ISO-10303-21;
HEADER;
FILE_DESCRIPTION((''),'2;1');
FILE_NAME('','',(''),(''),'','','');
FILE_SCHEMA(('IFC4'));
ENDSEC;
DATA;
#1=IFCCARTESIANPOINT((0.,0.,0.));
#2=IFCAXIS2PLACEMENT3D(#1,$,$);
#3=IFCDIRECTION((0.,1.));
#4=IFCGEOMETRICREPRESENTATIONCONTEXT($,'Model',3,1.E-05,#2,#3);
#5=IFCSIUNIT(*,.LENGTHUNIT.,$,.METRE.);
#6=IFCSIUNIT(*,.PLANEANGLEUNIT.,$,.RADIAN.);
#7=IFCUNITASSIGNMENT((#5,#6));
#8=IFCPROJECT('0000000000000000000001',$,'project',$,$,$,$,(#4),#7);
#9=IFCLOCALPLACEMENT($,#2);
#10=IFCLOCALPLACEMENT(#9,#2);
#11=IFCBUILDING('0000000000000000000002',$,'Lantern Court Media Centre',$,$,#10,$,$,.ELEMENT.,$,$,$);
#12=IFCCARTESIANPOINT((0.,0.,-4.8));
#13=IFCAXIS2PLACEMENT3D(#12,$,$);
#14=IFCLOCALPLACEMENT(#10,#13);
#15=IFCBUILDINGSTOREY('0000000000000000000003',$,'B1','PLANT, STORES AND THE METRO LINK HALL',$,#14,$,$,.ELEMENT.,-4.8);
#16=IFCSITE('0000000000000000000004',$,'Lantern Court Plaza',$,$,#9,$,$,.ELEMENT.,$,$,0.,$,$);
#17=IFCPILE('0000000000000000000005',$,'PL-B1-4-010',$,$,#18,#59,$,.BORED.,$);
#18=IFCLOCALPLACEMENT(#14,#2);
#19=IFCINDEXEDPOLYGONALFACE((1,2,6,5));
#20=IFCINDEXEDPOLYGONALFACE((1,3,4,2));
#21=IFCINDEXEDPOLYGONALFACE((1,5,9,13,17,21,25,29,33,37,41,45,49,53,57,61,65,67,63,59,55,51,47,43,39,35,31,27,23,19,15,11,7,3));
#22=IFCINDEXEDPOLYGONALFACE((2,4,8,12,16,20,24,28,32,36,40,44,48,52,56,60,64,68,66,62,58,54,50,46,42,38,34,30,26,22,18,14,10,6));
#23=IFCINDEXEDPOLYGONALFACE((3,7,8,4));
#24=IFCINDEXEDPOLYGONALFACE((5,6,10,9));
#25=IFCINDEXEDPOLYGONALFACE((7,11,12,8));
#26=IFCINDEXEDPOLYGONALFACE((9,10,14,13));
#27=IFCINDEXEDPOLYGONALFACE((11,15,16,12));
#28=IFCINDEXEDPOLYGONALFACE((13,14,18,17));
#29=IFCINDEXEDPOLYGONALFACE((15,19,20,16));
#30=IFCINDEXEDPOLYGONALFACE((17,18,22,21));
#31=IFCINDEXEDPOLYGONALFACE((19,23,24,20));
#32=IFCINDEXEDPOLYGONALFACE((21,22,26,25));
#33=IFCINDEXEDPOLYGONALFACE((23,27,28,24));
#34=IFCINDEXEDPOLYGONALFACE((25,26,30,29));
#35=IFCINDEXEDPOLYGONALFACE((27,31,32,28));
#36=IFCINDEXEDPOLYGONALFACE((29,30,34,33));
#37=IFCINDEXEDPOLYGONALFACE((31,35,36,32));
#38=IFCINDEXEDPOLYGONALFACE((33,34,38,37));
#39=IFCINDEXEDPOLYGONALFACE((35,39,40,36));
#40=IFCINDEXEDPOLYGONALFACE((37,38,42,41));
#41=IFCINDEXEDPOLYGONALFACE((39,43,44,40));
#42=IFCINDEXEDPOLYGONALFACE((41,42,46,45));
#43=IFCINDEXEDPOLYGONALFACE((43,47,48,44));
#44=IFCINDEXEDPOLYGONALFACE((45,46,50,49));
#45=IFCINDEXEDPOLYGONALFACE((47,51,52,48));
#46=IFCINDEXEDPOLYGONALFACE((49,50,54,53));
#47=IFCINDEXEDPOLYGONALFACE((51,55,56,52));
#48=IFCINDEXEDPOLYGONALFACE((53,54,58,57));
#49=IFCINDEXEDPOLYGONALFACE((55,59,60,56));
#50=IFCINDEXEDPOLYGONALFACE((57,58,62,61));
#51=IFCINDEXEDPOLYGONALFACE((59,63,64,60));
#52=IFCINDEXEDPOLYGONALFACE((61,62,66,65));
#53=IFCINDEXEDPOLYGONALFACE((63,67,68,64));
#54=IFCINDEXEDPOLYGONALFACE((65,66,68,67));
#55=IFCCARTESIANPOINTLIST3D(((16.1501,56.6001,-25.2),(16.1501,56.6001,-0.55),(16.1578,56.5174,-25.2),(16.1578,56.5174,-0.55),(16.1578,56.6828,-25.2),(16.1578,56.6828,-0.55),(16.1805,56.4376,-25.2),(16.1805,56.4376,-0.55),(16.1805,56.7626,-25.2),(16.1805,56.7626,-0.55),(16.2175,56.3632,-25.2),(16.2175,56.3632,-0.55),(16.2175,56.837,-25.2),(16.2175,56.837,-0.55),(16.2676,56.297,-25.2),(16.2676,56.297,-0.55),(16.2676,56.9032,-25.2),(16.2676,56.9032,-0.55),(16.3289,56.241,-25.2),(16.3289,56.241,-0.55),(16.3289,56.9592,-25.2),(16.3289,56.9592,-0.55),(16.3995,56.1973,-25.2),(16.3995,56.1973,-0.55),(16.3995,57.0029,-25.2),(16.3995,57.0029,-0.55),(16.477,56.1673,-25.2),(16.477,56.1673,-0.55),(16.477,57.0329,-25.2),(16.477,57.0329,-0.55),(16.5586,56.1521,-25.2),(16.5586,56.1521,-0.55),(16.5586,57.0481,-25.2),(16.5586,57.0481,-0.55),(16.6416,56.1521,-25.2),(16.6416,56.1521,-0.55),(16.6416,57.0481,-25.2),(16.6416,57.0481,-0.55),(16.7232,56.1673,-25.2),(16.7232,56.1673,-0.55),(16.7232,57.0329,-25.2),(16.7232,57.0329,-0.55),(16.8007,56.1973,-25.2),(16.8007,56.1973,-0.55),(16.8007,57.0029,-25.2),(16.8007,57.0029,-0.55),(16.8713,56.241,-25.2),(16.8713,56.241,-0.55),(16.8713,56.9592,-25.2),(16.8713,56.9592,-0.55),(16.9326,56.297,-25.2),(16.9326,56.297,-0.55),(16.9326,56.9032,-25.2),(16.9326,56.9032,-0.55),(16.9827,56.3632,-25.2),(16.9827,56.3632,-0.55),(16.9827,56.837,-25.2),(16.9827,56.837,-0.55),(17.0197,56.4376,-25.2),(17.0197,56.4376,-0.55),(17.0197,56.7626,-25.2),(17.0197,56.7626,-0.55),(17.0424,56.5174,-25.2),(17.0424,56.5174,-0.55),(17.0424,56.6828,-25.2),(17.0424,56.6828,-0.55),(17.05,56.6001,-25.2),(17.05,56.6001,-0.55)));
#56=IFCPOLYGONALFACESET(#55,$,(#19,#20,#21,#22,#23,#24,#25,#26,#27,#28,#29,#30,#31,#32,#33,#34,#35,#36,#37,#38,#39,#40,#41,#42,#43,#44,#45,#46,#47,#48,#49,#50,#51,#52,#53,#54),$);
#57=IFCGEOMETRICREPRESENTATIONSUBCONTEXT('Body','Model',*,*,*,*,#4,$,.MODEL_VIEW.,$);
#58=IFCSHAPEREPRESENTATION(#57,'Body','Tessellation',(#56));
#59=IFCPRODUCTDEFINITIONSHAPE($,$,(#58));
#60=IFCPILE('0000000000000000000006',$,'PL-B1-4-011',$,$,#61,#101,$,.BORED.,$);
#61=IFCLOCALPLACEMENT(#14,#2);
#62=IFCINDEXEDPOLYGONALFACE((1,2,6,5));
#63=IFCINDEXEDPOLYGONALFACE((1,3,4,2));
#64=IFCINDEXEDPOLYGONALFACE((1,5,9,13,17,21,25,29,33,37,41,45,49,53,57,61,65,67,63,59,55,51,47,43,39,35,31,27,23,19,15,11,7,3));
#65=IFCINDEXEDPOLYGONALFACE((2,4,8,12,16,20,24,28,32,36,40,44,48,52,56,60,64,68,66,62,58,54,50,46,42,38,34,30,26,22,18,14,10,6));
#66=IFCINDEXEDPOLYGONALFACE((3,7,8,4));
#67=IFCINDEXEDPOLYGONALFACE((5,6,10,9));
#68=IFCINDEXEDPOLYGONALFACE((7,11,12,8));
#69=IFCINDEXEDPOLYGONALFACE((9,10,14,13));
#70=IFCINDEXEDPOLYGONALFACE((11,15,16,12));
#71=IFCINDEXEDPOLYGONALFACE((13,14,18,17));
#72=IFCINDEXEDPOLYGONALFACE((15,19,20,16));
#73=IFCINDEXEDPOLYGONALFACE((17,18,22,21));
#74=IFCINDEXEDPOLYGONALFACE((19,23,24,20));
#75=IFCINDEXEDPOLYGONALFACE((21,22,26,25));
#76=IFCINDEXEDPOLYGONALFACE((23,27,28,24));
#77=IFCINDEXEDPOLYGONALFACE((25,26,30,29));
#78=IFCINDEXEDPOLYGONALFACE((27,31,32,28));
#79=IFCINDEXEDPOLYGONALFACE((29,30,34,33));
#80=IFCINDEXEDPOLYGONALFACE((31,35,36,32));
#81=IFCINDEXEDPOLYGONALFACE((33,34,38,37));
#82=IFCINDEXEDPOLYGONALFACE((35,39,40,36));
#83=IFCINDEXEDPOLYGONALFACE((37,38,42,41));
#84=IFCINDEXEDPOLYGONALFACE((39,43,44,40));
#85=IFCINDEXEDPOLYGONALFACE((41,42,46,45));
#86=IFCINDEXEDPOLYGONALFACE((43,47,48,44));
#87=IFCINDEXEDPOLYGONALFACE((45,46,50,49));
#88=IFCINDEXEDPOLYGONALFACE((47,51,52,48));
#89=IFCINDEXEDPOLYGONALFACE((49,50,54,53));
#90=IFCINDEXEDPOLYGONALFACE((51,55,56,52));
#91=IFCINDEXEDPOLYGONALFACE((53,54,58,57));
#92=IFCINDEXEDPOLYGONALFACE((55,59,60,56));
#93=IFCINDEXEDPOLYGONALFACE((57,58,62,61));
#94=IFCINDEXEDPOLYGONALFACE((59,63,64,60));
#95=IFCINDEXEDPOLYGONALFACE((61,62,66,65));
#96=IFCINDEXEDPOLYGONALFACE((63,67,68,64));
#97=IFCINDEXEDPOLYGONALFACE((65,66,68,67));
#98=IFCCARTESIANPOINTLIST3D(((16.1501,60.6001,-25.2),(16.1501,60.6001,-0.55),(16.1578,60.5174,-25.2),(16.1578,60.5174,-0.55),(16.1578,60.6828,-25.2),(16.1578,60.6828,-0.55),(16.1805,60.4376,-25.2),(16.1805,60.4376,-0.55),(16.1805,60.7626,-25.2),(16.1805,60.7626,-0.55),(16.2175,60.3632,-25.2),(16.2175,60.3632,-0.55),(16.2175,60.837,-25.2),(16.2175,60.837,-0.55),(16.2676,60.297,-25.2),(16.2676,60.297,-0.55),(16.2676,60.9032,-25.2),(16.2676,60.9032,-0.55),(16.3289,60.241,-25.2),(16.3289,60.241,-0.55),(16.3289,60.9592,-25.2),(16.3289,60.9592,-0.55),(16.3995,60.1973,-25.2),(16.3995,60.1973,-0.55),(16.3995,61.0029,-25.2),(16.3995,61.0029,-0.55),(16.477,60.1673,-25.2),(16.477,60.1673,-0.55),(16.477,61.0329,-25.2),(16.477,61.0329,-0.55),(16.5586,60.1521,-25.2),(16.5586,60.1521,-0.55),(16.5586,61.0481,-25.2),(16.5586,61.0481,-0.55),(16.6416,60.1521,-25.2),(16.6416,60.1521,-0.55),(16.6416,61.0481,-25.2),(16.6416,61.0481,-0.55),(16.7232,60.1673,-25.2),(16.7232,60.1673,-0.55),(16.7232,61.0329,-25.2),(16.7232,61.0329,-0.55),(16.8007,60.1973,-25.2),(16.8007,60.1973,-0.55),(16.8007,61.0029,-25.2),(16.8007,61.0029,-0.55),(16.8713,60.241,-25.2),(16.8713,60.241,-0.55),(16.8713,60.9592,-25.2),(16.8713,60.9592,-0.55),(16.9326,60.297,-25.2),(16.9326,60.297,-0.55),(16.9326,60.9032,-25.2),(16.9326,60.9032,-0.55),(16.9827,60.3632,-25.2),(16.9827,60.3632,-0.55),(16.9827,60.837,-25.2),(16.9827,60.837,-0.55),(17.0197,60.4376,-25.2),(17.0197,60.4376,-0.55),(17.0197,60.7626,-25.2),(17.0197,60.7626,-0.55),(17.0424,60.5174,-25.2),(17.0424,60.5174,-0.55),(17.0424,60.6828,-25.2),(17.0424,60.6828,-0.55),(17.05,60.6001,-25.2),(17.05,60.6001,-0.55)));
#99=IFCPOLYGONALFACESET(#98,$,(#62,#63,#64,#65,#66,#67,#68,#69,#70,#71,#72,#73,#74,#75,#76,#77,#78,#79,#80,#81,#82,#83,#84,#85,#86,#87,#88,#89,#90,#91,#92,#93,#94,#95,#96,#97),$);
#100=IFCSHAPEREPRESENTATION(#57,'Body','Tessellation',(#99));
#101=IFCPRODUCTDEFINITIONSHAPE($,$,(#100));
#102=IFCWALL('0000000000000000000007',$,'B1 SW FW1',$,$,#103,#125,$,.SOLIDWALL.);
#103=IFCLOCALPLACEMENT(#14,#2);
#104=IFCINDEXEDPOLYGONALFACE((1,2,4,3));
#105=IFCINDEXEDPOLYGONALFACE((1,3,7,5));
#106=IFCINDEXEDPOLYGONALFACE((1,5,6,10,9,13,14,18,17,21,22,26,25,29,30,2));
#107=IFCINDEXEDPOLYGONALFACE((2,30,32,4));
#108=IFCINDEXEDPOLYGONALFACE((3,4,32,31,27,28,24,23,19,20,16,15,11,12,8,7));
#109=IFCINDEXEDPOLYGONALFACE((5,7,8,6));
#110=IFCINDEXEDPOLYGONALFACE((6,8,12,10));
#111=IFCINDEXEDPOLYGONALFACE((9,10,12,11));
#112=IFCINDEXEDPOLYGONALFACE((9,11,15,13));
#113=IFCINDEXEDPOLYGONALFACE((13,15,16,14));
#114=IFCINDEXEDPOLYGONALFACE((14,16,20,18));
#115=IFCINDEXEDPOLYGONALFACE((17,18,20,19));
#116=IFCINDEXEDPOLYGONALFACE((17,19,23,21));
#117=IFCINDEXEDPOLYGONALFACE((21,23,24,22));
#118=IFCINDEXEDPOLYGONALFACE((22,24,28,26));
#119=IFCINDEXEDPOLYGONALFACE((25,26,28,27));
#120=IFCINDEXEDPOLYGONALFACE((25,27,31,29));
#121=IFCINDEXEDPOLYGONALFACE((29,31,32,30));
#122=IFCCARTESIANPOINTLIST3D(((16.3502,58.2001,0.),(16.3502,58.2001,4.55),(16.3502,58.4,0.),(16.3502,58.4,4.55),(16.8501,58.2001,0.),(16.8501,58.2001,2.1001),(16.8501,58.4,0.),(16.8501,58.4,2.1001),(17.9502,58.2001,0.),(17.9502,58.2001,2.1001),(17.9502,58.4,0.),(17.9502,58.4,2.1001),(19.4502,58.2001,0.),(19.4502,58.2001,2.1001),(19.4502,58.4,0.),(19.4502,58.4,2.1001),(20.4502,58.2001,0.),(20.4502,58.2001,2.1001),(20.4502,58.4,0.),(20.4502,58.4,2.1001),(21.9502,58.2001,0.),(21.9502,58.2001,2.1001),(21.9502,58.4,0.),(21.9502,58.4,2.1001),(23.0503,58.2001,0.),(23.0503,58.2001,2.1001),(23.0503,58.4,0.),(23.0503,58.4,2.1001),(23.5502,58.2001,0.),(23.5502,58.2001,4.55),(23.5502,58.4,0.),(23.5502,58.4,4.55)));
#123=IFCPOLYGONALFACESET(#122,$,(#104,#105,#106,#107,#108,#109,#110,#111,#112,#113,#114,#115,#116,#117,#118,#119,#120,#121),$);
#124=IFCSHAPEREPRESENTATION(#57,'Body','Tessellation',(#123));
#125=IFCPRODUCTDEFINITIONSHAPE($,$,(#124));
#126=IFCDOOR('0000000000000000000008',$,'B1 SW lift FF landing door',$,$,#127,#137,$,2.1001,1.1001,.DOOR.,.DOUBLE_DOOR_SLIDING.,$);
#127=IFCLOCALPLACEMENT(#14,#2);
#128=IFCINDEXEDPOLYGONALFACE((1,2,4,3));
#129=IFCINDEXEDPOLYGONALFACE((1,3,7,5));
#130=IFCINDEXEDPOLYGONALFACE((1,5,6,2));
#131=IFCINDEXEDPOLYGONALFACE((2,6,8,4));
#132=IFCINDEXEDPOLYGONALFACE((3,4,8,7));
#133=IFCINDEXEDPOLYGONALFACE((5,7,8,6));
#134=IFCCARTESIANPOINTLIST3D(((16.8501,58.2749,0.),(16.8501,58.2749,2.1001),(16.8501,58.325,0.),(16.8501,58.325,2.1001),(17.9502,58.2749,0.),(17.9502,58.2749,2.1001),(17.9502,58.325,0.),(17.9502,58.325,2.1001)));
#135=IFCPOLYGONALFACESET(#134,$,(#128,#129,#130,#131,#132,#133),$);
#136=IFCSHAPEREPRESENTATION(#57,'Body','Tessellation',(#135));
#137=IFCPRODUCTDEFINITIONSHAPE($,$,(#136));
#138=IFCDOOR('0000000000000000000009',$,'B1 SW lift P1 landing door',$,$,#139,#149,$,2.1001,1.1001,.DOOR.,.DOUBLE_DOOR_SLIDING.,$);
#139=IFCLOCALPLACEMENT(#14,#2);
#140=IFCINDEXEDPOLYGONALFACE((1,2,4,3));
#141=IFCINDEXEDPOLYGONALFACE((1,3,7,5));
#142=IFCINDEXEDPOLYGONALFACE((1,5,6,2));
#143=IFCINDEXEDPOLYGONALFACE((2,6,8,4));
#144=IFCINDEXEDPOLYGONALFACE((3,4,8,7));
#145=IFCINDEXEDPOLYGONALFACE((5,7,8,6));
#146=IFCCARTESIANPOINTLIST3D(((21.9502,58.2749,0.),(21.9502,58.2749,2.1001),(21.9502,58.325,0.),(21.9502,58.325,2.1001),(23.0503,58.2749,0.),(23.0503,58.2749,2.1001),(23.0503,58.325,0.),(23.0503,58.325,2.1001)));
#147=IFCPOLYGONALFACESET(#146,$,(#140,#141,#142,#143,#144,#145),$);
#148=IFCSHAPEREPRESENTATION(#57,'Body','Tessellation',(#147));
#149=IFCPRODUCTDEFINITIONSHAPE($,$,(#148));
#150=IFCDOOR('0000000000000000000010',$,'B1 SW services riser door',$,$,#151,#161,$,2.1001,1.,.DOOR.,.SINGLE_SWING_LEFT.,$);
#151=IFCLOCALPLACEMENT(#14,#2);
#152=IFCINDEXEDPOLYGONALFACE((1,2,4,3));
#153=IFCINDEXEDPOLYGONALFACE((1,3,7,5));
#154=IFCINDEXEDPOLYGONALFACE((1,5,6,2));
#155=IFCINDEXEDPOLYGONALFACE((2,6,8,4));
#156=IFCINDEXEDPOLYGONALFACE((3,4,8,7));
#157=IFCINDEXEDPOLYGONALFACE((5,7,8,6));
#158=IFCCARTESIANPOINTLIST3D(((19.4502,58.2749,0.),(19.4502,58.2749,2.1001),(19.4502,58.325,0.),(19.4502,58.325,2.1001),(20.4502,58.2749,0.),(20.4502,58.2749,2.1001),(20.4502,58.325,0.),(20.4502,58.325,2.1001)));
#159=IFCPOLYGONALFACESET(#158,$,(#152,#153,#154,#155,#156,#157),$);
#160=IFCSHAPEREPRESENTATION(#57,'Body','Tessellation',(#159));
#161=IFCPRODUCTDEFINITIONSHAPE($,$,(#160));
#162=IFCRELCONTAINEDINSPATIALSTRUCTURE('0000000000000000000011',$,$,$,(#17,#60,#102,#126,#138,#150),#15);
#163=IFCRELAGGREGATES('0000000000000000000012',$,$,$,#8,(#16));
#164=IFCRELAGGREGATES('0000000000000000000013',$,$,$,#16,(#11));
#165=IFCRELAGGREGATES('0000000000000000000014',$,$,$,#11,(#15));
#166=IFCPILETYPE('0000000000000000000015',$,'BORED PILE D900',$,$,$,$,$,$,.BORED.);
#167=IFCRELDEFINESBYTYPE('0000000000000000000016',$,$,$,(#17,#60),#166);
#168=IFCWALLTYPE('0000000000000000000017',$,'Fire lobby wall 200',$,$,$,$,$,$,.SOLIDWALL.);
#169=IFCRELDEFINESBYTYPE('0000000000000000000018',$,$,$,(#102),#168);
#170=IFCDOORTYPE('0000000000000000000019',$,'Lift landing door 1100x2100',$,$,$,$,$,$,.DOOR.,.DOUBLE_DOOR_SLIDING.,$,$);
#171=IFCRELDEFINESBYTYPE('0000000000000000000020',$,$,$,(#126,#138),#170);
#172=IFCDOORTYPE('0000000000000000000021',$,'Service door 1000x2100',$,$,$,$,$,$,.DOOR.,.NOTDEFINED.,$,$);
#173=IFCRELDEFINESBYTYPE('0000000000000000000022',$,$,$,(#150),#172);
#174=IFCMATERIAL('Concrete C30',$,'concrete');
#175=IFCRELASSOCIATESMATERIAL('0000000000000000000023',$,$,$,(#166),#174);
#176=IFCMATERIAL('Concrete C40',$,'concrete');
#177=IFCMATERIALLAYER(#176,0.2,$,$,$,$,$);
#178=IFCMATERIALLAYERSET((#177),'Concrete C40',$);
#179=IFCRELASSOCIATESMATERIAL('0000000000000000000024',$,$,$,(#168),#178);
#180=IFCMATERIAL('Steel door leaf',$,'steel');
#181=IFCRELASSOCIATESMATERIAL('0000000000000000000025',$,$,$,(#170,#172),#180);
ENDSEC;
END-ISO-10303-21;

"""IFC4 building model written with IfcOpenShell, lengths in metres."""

from ifc_helpers import new_model, si_unit, direction, frame, frame_2d, origin, origin_2d, place, context, subcontext, project, spatial, rectangle, circle, extrude, material, layer, layer_set, material_profile, profile_set, type_object, element, fill, save


model = new_model("IFC4")

# Units and contexts
model_context = context("Model", 3, precision=1e-05, world=origin(), true_north=direction((0.0, 1.0)))
body_context = subcontext(model_context, "Body", "Model", "MODEL_VIEW")
ifc_project = project(units=[si_unit("LENGTHUNIT", "METRE"), si_unit("PLANEANGLEUNIT", "RADIAN")], contexts=[model_context])

# Site, building, storey
site_placement = place(None, origin())
site = spatial("IfcSite", under=ifc_project, at=site_placement, Name="Lantern Court Plaza", CompositionType="ELEMENT", RefElevation=0.0)
building_placement = place(site_placement, origin())
building = spatial("IfcBuilding", under=site, at=building_placement, Name="Lantern Court Media Centre", CompositionType="ELEMENT")
storey_placement = place(building_placement, frame((0.0, 0.0, -4.8)))
storey = spatial("IfcBuildingStorey", under=building, at=storey_placement, Name="B1", Description="PLANT, STORES AND THE METRO LINK HALL", CompositionType="ELEMENT", Elevation=-4.8)

# Piles
ifc_material_1 = material(Name="Concrete C30", Category="concrete")
ifc_material_profile = material_profile(ifc_material_1, circle(Radius=0.45, at=origin_2d()), Name="D900")
ifc_profile_set = profile_set([ifc_material_profile], Name="Concrete C30")
pile_type = type_object("IfcPileType", Name="BORED PILE D900", PredefinedType="BORED", material=ifc_profile_set)
for number, where, z_axis, x_axis, name in (
    (1, (16.6001, 56.6001, -0.55), (0.0, 0.0, -1.0), (1.0, 0.0, 0.0), "PL-B1-4-010"),
    (2, (16.6001, 60.6001, -0.55), (0.0, 0.0, -1.0), (1.0, 0.0, 0.0), "PL-B1-4-011"),
):
    element("IfcPile", number, at=place(storey_placement, frame(where, z_axis=z_axis, x_axis=x_axis)), inside=storey, type_object=pile_type, Name=name, PredefinedType="BORED", context=body_context, shape_type="SweptSolid", body=[
        extrude(circle(Radius=0.45, at=origin_2d()), origin(), (0.0, 0.0, 1.0), 24.6499),
    ])

# Wall, openings, doors
ifc_material_2 = material(Name="Concrete C40", Category="concrete")
ifc_layer_1 = layer(ifc_material_2, 0.2)
ifc_layer_set_1 = layer_set([ifc_layer_1], Name="Concrete C40")
wall_type_1 = type_object("IfcWallType", Name="Fire lobby wall 200", PredefinedType="SOLIDWALL", material=ifc_layer_set_1)
wall_1_placement = place(storey_placement, frame((16.3501, 58.3, 0.0), z_axis=(0.0, 0.0, 1.0), x_axis=(1.0, 0.0, 0.0)))
wall_1 = element("IfcWall", 3, at=wall_1_placement, inside=storey, type_object=wall_type_1, Name="B1 SW FW1", PredefinedType="SOLIDWALL", context=body_context, shape_type="SweptSolid", body=[
    extrude(rectangle(XDim=7.2, YDim=0.2, at=frame_2d((3.6001, 0.0))), origin(), (0.0, 0.0, 1.0), 4.55),
])
opening_1_placement = place(wall_1_placement, frame((0.5, 0.0, 0.0)))
opening_1 = element("IfcOpeningElement", 4, at=opening_1_placement, cuts=wall_1, PredefinedType="OPENING", context=body_context, shape_type="SweptSolid", body=[
    extrude(rectangle(XDim=1.1001, YDim=2.1001, at=frame_2d((0.55, 1.05))), frame((0.0, 0.1099, 0.0), z_axis=(0.0, -1.0, 0.0), x_axis=(1.0, 0.0, 0.0)), (0.0, 0.0, 1.0), 0.22),
])
opening_2_placement = place(wall_1_placement, frame((5.6001, 0.0, 0.0)))
opening_2 = element("IfcOpeningElement", 5, at=opening_2_placement, cuts=wall_1, PredefinedType="OPENING", context=body_context, shape_type="SweptSolid", body=[
    extrude(rectangle(XDim=1.1001, YDim=2.1001, at=frame_2d((0.55, 1.05))), frame((0.0, 0.1099, 0.0), z_axis=(0.0, -1.0, 0.0), x_axis=(1.0, 0.0, 0.0)), (0.0, 0.0, 1.0), 0.22),
])
opening_3_placement = place(wall_1_placement, frame((3.1001, 0.0, 0.0)))
opening_3 = element("IfcOpeningElement", 6, at=opening_3_placement, cuts=wall_1, PredefinedType="OPENING", context=body_context, shape_type="SweptSolid", body=[
    extrude(rectangle(XDim=1.0, YDim=2.1001, at=frame_2d((0.5, 1.05))), frame((0.0, 0.1099, 0.0), z_axis=(0.0, -1.0, 0.0), x_axis=(1.0, 0.0, 0.0)), (0.0, 0.0, 1.0), 0.22),
])
ifc_material_3 = material(Name="Steel door leaf", Category="steel")
door_type_1 = type_object("IfcDoorType", Name="Lift landing door 1100x2100", OperationType="DOUBLE_DOOR_SLIDING", PredefinedType="DOOR", material=ifc_material_3)
door_1_placement = place(opening_1_placement, origin())
door_1 = element("IfcDoor", 7, at=door_1_placement, inside=storey, type_object=door_type_1, Name="B1 SW lift FF landing door", OperationType="DOUBLE_DOOR_SLIDING", OverallHeight=2.1001, OverallWidth=1.1001, PredefinedType="DOOR", context=body_context, shape_type="SweptSolid", body=[
    extrude(rectangle(XDim=1.1001, YDim=2.1001, at=frame_2d((0.55, 1.05))), frame((0.0, 0.0249, 0.0), z_axis=(0.0, -1.0, 0.0), x_axis=(1.0, 0.0, 0.0)), (0.0, 0.0, 1.0), 0.05),
])
fill(opening_1, door_1)
door_2_placement = place(opening_2_placement, origin())
door_2 = element("IfcDoor", 8, at=door_2_placement, inside=storey, type_object=door_type_1, Name="B1 SW lift P1 landing door", OperationType="DOUBLE_DOOR_SLIDING", OverallHeight=2.1001, OverallWidth=1.1001, PredefinedType="DOOR", context=body_context, shape_type="SweptSolid", body=[
    extrude(rectangle(XDim=1.1001, YDim=2.1001, at=frame_2d((0.55, 1.05))), frame((0.0, 0.0249, 0.0), z_axis=(0.0, -1.0, 0.0), x_axis=(1.0, 0.0, 0.0)), (0.0, 0.0, 1.0), 0.05),
])
fill(opening_2, door_2)
door_type_2 = type_object("IfcDoorType", Name="Service door 1000x2100", OperationType="NOTDEFINED", PredefinedType="DOOR", material=ifc_material_3)
door_3_placement = place(opening_3_placement, origin())
door_3 = element("IfcDoor", 9, at=door_3_placement, inside=storey, type_object=door_type_2, Name="B1 SW services riser door", OperationType="SINGLE_SWING_LEFT", OverallHeight=2.1001, OverallWidth=1.0, PredefinedType="DOOR", context=body_context, shape_type="SweptSolid", body=[
    extrude(rectangle(XDim=1.0, YDim=2.1001, at=frame_2d((0.5, 1.05))), frame((0.0, 0.0249, 0.0), z_axis=(0.0, -1.0, 0.0), x_axis=(1.0, 0.0, 0.0)), (0.0, 0.0, 1.0), 0.05),
])
fill(opening_3, door_3)

save(model, "model.ifc")
